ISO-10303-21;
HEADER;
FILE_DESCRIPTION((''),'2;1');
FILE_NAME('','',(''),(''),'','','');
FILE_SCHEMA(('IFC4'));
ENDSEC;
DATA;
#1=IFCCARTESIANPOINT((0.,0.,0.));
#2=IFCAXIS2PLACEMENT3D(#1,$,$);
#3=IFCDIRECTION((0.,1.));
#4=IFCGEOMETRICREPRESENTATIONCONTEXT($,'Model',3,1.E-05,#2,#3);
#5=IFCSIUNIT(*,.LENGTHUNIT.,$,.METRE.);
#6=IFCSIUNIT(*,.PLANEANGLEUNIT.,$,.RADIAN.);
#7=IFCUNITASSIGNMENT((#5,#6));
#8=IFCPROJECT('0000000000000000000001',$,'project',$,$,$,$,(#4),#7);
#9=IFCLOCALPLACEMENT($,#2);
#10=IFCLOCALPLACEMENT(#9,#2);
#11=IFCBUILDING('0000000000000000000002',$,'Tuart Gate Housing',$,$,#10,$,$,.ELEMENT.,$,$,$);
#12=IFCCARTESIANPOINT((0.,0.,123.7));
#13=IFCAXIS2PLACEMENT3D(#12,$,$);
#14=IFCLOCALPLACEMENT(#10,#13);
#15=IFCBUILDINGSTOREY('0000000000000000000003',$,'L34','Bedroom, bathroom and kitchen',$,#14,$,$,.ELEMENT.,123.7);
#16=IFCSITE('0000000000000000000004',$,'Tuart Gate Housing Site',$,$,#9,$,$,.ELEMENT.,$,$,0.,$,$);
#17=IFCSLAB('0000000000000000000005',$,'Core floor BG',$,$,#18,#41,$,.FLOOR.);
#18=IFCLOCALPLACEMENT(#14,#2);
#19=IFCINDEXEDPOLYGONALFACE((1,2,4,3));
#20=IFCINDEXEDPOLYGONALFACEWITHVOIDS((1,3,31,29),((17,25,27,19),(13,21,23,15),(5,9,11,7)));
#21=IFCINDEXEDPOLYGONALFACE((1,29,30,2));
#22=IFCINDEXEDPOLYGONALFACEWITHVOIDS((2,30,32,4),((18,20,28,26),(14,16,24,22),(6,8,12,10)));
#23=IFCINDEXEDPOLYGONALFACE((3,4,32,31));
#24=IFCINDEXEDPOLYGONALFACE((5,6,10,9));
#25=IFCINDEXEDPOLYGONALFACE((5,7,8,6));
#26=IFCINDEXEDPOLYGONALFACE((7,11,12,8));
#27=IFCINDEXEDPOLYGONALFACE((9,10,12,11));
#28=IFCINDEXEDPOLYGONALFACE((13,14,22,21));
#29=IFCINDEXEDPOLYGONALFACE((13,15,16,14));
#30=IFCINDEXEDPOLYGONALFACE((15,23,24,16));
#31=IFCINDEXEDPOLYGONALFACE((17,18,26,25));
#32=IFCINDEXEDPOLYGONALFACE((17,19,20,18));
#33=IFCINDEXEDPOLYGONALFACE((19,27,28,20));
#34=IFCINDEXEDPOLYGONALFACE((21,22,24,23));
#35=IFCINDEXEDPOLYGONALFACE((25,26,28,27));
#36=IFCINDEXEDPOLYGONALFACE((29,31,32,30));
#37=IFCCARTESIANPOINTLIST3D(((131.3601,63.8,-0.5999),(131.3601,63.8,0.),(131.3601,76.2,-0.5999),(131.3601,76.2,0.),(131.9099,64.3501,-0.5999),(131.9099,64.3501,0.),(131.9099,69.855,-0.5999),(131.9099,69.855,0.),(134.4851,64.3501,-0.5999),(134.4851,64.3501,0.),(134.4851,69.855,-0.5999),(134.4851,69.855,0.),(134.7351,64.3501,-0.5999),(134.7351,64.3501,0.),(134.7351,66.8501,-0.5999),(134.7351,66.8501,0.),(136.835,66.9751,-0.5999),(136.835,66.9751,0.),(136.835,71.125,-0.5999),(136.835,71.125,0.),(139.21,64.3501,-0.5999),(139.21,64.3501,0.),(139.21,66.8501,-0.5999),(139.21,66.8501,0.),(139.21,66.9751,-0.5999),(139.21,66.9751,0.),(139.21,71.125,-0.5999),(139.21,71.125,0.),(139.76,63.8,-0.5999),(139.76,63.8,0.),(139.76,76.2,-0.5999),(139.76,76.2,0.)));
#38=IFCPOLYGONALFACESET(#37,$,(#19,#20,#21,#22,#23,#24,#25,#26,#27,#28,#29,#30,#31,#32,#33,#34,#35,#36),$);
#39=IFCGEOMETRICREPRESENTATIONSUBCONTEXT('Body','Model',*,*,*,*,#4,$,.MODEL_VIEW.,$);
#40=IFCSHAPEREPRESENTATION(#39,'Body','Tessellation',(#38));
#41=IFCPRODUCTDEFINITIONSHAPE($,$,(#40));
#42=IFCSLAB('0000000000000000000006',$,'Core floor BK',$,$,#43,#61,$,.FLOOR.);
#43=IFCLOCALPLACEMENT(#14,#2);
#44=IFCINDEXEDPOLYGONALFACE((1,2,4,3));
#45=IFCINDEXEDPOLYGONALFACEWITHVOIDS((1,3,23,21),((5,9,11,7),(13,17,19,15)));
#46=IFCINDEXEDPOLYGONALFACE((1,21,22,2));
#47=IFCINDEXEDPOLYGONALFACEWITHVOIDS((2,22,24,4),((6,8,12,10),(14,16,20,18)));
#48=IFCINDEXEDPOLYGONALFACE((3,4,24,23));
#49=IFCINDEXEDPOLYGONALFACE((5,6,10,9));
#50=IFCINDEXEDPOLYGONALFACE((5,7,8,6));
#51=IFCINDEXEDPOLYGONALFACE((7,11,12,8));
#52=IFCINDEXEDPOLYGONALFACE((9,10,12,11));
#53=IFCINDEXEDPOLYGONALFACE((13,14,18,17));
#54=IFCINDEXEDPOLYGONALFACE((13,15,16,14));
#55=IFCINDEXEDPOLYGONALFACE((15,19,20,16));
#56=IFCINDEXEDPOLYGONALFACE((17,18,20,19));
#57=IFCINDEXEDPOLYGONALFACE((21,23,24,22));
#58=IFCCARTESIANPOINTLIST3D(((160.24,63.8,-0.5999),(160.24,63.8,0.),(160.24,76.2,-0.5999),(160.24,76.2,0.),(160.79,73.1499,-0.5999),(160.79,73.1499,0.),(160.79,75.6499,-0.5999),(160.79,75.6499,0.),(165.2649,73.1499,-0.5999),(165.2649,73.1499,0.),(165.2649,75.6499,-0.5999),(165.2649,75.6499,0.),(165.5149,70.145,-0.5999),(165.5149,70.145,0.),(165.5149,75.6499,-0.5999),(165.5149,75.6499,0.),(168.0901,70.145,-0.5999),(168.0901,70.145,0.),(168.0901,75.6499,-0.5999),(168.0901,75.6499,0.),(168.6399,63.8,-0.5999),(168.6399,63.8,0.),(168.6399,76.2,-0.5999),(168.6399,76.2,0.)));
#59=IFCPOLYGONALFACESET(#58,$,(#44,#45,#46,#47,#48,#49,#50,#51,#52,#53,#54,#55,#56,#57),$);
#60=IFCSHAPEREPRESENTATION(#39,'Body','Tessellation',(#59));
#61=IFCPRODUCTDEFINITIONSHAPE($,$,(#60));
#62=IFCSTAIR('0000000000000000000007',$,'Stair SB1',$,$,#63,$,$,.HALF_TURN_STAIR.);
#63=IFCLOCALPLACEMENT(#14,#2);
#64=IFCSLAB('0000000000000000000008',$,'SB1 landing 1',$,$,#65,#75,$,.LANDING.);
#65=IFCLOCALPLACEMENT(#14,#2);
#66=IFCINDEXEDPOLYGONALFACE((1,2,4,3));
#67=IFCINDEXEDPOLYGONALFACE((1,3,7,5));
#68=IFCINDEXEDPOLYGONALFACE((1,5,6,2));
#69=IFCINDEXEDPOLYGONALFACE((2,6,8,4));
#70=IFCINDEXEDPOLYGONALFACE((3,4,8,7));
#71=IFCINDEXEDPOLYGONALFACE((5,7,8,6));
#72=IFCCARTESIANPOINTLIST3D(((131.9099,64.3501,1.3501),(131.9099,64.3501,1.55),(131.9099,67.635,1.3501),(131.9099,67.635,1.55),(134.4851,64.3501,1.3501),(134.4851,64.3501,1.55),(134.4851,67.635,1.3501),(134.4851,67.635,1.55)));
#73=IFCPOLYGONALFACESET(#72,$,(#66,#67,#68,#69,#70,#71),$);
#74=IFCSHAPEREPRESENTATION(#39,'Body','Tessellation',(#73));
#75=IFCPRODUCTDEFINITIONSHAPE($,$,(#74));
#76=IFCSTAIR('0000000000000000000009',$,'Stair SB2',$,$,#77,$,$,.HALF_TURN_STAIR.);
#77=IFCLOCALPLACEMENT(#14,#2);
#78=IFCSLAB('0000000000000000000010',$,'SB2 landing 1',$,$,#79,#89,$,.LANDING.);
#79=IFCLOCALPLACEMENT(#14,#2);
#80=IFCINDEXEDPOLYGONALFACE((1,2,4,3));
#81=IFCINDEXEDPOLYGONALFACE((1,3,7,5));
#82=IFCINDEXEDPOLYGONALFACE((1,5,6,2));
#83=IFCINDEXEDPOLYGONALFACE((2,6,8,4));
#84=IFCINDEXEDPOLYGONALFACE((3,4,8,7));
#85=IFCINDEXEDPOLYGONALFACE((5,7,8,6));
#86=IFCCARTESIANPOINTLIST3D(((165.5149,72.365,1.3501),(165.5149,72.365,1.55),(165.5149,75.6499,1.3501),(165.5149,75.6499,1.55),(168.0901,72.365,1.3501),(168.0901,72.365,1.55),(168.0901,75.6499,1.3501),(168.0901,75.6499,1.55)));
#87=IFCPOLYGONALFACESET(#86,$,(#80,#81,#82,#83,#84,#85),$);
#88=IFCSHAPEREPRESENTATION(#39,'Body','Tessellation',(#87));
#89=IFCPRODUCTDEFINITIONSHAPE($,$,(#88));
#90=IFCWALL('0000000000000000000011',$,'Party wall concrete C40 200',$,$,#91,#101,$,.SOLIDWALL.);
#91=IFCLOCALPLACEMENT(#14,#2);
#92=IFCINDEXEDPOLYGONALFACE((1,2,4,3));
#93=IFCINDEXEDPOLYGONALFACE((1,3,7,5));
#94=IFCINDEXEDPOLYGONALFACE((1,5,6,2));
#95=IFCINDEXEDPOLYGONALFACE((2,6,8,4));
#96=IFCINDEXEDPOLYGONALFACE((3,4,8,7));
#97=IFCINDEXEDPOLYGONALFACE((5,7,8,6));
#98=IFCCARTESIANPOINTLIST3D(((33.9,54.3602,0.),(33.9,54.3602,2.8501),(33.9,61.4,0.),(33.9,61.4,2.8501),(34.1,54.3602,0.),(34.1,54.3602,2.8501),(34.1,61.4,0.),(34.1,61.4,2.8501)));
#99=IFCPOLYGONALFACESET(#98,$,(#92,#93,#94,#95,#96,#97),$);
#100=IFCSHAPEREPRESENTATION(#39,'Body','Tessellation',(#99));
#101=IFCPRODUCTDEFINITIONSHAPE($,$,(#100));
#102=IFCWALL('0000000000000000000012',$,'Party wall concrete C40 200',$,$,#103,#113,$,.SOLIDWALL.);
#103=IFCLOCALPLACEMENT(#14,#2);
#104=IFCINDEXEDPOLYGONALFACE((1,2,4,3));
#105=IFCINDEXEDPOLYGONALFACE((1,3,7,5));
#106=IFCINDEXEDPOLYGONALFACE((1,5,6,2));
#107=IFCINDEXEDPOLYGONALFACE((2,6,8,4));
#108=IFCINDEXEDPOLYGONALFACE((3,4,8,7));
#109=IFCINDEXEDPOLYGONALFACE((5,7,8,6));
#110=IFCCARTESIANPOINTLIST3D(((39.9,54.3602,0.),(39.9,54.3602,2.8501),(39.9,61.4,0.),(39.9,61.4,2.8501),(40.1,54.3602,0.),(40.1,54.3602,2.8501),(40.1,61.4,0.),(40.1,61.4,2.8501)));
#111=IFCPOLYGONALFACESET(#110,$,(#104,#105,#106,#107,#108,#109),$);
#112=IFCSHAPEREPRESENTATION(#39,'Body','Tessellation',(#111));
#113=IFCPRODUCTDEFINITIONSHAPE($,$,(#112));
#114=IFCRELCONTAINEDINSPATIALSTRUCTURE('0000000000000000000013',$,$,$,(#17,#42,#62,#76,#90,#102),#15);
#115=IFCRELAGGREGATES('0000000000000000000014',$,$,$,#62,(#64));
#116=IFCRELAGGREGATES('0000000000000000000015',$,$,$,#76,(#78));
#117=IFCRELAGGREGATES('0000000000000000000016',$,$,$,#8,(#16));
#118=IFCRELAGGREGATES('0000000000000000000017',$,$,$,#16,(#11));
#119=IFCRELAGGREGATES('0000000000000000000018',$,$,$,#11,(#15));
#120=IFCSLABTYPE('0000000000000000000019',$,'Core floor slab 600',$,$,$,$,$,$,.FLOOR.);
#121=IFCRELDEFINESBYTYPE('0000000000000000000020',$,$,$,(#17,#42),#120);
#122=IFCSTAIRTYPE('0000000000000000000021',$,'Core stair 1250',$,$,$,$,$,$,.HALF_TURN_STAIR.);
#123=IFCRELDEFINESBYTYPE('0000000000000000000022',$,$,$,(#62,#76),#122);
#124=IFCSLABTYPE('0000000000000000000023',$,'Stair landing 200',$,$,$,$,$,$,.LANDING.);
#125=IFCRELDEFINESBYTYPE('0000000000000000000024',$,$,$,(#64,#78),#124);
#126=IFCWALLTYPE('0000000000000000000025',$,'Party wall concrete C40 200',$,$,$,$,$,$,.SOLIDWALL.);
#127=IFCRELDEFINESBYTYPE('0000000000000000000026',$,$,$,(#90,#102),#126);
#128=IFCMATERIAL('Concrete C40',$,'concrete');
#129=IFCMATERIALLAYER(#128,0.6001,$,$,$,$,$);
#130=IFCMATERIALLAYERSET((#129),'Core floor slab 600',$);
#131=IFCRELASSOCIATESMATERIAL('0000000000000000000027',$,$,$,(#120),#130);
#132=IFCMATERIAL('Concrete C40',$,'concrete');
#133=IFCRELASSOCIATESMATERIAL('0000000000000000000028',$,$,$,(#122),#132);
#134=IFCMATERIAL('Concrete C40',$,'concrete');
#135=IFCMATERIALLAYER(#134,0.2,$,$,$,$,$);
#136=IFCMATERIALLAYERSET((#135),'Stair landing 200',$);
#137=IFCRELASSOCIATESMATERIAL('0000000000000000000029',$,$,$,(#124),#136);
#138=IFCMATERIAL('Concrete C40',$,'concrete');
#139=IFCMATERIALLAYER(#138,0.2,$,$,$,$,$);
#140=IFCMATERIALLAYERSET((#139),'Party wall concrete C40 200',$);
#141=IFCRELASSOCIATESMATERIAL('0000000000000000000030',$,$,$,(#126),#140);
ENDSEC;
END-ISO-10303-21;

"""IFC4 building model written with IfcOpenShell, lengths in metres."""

from ifc_helpers import new_model, si_unit, direction, frame, frame_2d, origin, place, context, subcontext, project, spatial, polyline, rectangle, outline, extrude, material, layer, layer_set, type_object, element, aggregate, save


model = new_model("IFC4")

# Units and contexts
model_context = context("Model", 3, precision=1e-05, world=origin(), true_north=direction((0.0, 1.0)))
body_context = subcontext(model_context, "Body", "Model", "MODEL_VIEW")
ifc_project = project(units=[si_unit("LENGTHUNIT", "METRE"), si_unit("PLANEANGLEUNIT", "RADIAN")], contexts=[model_context])

# Site, building, storey
site_placement = place(None, origin())
site = spatial("IfcSite", under=ifc_project, at=site_placement, Name="Tuart Gate Housing Site", CompositionType="ELEMENT", RefElevation=0.0)
building_placement = place(site_placement, origin())
building = spatial("IfcBuilding", under=site, at=building_placement, Name="Tuart Gate Housing", CompositionType="ELEMENT")
storey_placement = place(building_placement, frame((0.0, 0.0, 123.7)))
storey = spatial("IfcBuildingStorey", under=building, at=storey_placement, Name="L34", Description="Bedroom, bathroom and kitchen", CompositionType="ELEMENT", Elevation=123.7)

# Slabs
ifc_material_1 = material(Name="Concrete C40", Category="concrete")
ifc_layer_1 = layer(ifc_material_1, 0.6001)
ifc_layer_set_1 = layer_set([ifc_layer_1], Name="Core floor slab 600")
slab_type_1 = type_object("IfcSlabType", Name="Core floor slab 600", PredefinedType="FLOOR", material=ifc_layer_set_1)
slab_1_placement = place(storey_placement, frame((0.0, 0.0, -0.5999)))
element("IfcSlab", 1, at=slab_1_placement, inside=storey, type_object=slab_type_1, Name="Core floor BG", PredefinedType="FLOOR", context=body_context, shape_type="SweptSolid", body=[
    extrude(outline(polyline([(131.3601, 63.8), (139.76, 63.8), (139.76, 76.2), (131.3601, 76.2), (131.3601, 63.8)]), holes=[polyline([(139.21, 66.8501), (134.7351, 66.8501), (134.7351, 64.3501), (139.21, 64.3501), (139.21, 66.8501)]), polyline([(139.21, 71.125), (136.835, 71.125), (136.835, 66.9751), (139.21, 66.9751), (139.21, 71.125)]), polyline([(134.4851, 69.855), (131.9099, 69.855), (131.9099, 64.3501), (134.4851, 64.3501), (134.4851, 69.855)])]), origin(), (0.0, 0.0, 1.0), 0.5999),
])
slab_2_placement = place(storey_placement, frame((0.0, 0.0, -0.5999)))
element("IfcSlab", 2, at=slab_2_placement, inside=storey, type_object=slab_type_1, Name="Core floor BK", PredefinedType="FLOOR", context=body_context, shape_type="SweptSolid", body=[
    extrude(outline(polyline([(160.24, 63.8), (168.6399, 63.8), (168.6399, 76.2), (160.24, 76.2), (160.24, 63.8)]), holes=[polyline([(160.79, 73.1499), (165.2649, 73.1499), (165.2649, 75.6499), (160.79, 75.6499), (160.79, 73.1499)]), polyline([(165.5149, 70.145), (168.0901, 70.145), (168.0901, 75.6499), (165.5149, 75.6499), (165.5149, 70.145)])]), origin(), (0.0, 0.0, 1.0), 0.5999),
])

# Stairs, slabs
ifc_material_2 = material(Name="Concrete C40", Category="concrete")
stair_type = type_object("IfcStairType", Name="Core stair 1250", PredefinedType="HALF_TURN_STAIR", material=ifc_material_2)
stair_1_placement = place(storey_placement, origin())
stair_1 = element("IfcStair", 3, at=stair_1_placement, inside=storey, type_object=stair_type, Name="Stair SB1", PredefinedType="HALF_TURN_STAIR")
ifc_material_3 = material(Name="Concrete C40", Category="concrete")
ifc_layer_2 = layer(ifc_material_3, 0.2)
ifc_layer_set_2 = layer_set([ifc_layer_2], Name="Stair landing 200")
slab_type_2 = type_object("IfcSlabType", Name="Stair landing 200", PredefinedType="LANDING", material=ifc_layer_set_2)
slab_3_placement = place(storey_placement, frame((0.0, 0.0, 1.3501)))
slab_3 = element("IfcSlab", 4, at=slab_3_placement, type_object=slab_type_2, Name="SB1 landing 1", PredefinedType="LANDING", context=body_context, shape_type="SweptSolid", body=[
    extrude(outline(polyline([(134.4851, 67.635), (131.9099, 67.635), (131.9099, 64.3501), (134.4851, 64.3501), (134.4851, 67.635)])), origin(), (0.0, 0.0, 1.0), 0.2),
])
aggregate(stair_1, [slab_3])
stair_2_placement = place(storey_placement, origin())
stair_2 = element("IfcStair", 5, at=stair_2_placement, inside=storey, type_object=stair_type, Name="Stair SB2", PredefinedType="HALF_TURN_STAIR")
slab_4_placement = place(storey_placement, frame((0.0, 0.0, 1.3501)))
slab_4 = element("IfcSlab", 6, at=slab_4_placement, type_object=slab_type_2, Name="SB2 landing 1", PredefinedType="LANDING", context=body_context, shape_type="SweptSolid", body=[
    extrude(outline(polyline([(165.5149, 72.365), (168.0901, 72.365), (168.0901, 75.6499), (165.5149, 75.6499), (165.5149, 72.365)])), origin(), (0.0, 0.0, 1.0), 0.2),
])
aggregate(stair_2, [slab_4])

# Walls
ifc_material_4 = material(Name="Concrete C40", Category="concrete")
ifc_layer_3 = layer(ifc_material_4, 0.2)
ifc_layer_set_3 = layer_set([ifc_layer_3], Name="Party wall concrete C40 200")
wall_type_1 = type_object("IfcWallType", Name="Party wall concrete C40 200", PredefinedType="SOLIDWALL", material=ifc_layer_set_3)
for number, where, z_axis, x_axis, name in (
    (7, (34.0, 54.3601, 0.0), (0.0, 0.0, 1.0), (0.0, 1.0, 0.0), "Party wall concrete C40 200"),
    (8, (40.0, 54.3601, 0.0), (0.0, 0.0, 1.0), (0.0, 1.0, 0.0), "Party wall concrete C40 200"),
):
    element("IfcWall", number, at=place(storey_placement, frame(where, z_axis=z_axis, x_axis=x_axis)), inside=storey, type_object=wall_type_1, Name=name, PredefinedType="SOLIDWALL", context=body_context, shape_type="SweptSolid", body=[
        extrude(rectangle(XDim=7.0398, YDim=0.2, at=frame_2d((3.52, 0.0))), origin(), (0.0, 0.0, 1.0), 2.8501),
    ])

save(model, "model.ifc")
